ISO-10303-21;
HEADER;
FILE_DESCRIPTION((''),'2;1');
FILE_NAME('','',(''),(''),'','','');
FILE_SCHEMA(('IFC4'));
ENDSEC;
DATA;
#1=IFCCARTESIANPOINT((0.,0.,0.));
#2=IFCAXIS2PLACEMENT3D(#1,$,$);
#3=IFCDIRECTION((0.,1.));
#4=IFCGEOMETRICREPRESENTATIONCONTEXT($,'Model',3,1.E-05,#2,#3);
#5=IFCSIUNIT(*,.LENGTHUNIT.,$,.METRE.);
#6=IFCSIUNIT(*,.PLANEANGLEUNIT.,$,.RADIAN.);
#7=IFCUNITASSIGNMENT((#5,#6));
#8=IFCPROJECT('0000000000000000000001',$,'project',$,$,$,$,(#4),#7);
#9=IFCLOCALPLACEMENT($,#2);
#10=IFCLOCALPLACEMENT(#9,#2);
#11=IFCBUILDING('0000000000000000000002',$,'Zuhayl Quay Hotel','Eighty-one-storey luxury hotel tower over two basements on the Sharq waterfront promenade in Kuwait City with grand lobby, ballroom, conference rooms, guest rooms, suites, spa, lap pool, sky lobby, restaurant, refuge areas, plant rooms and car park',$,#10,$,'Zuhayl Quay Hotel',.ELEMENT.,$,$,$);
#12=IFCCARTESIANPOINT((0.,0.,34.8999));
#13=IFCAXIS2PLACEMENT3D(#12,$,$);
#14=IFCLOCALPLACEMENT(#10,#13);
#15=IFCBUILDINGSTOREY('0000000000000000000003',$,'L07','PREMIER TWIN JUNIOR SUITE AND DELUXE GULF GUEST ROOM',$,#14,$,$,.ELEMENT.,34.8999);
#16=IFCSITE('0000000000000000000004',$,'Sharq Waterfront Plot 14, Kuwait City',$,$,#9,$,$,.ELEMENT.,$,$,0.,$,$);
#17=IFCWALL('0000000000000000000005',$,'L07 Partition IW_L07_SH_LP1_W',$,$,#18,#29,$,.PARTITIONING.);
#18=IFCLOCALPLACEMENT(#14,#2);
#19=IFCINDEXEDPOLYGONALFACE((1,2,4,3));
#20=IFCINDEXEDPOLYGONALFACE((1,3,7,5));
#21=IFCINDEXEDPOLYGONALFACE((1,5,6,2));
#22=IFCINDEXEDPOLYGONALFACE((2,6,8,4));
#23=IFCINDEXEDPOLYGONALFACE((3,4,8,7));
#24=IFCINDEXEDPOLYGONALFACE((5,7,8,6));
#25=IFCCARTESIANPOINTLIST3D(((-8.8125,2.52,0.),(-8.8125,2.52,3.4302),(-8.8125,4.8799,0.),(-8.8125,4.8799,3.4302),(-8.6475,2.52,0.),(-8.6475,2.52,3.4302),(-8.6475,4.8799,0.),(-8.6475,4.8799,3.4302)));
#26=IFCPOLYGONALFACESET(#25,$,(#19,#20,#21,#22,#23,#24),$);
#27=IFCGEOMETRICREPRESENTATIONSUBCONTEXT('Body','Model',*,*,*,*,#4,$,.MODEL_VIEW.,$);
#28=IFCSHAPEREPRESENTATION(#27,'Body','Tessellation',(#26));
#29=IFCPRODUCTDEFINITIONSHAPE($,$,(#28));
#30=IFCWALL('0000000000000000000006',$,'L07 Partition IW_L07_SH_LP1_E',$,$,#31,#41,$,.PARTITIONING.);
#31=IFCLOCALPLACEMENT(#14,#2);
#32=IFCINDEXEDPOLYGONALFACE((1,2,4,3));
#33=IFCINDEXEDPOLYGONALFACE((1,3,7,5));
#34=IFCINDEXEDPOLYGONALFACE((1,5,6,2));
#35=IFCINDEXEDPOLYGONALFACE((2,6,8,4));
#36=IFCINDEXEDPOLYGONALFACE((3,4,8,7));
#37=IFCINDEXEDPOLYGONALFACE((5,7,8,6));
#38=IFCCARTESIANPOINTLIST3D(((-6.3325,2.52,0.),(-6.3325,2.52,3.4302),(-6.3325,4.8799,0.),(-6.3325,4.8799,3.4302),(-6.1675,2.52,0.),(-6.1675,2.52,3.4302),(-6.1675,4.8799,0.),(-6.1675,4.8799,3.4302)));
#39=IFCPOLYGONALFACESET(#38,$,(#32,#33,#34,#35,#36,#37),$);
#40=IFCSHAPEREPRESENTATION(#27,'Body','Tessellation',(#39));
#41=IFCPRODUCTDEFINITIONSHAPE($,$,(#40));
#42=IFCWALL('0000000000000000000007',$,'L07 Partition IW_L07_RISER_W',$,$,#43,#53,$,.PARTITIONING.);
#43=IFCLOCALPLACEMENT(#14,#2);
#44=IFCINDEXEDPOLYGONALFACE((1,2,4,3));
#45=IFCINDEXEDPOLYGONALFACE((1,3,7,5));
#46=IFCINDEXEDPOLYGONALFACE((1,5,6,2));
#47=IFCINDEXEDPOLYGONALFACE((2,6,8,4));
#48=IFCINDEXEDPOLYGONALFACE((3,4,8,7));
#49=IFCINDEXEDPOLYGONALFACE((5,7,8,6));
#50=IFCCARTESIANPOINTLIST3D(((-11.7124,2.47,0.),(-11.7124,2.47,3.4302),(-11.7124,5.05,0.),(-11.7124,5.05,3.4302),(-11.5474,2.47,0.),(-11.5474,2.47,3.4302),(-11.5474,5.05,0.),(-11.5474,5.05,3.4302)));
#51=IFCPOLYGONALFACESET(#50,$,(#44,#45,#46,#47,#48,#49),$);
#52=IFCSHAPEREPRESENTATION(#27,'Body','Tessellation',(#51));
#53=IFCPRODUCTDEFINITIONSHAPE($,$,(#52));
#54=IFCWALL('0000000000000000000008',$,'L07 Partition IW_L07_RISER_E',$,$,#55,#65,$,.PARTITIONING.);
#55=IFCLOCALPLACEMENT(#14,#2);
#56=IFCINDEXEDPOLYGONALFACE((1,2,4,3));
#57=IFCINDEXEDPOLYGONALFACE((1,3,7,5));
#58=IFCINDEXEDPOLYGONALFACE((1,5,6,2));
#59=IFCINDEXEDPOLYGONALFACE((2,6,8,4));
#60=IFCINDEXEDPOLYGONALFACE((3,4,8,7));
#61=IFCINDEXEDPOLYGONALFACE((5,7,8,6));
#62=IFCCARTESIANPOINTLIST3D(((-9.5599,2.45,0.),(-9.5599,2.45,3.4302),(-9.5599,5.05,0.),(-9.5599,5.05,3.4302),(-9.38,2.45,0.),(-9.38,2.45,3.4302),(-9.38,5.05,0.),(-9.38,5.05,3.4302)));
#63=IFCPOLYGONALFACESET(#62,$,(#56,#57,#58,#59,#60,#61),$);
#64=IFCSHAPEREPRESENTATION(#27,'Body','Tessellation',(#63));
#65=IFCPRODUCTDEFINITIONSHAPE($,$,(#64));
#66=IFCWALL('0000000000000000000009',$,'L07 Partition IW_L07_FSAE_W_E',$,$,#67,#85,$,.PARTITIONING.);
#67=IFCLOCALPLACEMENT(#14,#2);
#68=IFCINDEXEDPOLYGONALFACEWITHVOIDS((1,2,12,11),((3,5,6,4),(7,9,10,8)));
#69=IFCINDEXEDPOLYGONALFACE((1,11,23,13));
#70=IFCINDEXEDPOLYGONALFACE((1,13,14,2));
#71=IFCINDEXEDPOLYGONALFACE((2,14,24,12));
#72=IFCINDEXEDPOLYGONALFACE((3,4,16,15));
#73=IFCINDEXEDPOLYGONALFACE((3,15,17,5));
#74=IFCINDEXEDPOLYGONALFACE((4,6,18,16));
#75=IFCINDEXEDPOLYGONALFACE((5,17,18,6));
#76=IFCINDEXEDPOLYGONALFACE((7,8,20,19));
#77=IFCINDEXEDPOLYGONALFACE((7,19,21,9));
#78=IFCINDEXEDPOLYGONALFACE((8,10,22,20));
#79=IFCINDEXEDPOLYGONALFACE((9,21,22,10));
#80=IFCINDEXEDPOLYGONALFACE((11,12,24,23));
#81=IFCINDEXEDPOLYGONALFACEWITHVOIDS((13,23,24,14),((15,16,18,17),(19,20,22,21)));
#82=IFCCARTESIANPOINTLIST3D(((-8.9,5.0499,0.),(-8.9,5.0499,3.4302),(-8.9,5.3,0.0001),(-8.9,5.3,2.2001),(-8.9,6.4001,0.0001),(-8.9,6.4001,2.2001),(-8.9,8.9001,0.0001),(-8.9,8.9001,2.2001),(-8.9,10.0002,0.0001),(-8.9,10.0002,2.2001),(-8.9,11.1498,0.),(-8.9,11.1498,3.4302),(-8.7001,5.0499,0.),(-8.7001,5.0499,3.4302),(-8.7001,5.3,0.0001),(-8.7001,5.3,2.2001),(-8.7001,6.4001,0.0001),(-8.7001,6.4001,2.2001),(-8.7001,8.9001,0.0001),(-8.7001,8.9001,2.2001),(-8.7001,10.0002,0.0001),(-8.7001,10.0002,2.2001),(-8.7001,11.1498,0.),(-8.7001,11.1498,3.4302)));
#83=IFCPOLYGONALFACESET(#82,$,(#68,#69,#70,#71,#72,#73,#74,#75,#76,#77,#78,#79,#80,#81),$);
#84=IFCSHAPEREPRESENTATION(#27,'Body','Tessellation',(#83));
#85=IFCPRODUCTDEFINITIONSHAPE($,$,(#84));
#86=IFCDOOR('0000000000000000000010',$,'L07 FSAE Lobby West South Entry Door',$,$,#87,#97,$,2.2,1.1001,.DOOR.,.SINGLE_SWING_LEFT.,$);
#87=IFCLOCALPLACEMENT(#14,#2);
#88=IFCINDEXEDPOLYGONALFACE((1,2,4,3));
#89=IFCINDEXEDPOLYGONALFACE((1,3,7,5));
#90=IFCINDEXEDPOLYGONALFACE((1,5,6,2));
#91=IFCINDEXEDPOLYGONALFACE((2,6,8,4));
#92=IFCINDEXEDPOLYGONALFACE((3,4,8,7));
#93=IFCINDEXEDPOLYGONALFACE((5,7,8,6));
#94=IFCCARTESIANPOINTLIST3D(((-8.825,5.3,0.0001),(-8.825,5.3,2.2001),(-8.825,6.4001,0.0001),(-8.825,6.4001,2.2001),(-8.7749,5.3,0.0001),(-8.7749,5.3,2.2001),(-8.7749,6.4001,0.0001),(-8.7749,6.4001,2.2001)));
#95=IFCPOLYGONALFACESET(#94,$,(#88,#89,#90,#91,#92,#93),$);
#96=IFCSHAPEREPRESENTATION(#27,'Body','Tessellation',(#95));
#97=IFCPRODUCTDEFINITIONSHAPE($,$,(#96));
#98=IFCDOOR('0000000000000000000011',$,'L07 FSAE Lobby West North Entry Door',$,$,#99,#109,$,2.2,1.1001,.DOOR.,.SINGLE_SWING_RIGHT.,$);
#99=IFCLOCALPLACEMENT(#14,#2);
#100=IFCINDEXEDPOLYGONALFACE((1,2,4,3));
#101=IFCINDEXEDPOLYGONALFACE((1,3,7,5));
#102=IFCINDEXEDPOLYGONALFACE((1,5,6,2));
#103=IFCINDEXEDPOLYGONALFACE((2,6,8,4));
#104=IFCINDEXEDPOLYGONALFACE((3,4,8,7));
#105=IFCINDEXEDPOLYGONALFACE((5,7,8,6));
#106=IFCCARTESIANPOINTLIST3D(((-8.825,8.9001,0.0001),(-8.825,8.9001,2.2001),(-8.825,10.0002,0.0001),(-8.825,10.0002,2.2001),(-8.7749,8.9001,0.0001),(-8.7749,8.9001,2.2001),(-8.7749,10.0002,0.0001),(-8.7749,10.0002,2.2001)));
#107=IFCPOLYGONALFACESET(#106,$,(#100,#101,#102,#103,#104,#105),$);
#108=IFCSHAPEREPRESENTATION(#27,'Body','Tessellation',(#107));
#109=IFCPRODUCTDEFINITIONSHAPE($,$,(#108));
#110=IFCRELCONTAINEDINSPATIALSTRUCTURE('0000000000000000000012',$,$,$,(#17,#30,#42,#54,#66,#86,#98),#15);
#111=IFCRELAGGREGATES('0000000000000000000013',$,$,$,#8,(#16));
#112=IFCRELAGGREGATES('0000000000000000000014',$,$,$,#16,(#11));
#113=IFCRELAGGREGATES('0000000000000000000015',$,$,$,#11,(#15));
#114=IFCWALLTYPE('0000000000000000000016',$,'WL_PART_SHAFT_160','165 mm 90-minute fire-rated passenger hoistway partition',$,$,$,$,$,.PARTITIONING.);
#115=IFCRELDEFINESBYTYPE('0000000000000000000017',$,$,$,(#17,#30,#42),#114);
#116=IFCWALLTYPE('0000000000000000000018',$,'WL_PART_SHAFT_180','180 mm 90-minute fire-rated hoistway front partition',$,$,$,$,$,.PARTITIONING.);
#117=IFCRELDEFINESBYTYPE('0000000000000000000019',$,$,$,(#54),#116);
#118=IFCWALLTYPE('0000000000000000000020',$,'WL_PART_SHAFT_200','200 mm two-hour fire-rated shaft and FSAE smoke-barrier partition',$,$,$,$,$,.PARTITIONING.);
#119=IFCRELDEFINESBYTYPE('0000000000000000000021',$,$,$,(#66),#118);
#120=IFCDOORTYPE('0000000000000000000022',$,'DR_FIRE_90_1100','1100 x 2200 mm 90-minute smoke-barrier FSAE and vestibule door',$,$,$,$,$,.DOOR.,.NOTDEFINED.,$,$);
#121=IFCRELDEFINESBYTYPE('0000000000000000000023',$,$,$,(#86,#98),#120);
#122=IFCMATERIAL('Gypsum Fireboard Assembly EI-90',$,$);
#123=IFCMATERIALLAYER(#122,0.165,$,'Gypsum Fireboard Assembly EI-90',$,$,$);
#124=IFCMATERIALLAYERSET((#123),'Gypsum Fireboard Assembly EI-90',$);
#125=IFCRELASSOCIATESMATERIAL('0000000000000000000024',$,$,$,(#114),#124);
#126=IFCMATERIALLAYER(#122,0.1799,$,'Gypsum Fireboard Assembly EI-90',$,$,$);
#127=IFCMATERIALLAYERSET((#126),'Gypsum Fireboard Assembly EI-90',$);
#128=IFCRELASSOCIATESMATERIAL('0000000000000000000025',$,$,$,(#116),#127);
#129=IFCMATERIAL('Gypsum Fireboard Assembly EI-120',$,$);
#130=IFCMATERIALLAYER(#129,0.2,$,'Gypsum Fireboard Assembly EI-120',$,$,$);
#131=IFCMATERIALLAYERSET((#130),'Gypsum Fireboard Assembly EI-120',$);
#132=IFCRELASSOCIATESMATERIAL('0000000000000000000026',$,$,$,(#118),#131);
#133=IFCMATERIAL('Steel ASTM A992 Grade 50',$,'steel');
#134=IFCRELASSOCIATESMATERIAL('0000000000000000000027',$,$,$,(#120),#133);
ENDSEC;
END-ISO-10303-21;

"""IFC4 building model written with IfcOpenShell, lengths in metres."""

from ifc_helpers import new_model, si_unit, direction, frame, frame_2d, origin, place, context, subcontext, project, spatial, rectangle, extrude, material, layer, layer_set, type_object, element, fill, save


model = new_model("IFC4")

# Units and contexts
model_context = context("Model", 3, precision=1e-05, world=origin(), true_north=direction((0.0, 1.0)))
body_context = subcontext(model_context, "Body", "Model", "MODEL_VIEW")
ifc_project = project(units=[si_unit("LENGTHUNIT", "METRE"), si_unit("PLANEANGLEUNIT", "RADIAN")], contexts=[model_context])

# Site, building, storey
site_placement = place(None, origin())
site = spatial("IfcSite", under=ifc_project, at=site_placement, Name="Sharq Waterfront Plot 14, Kuwait City", CompositionType="ELEMENT", RefElevation=0.0)
building_placement = place(site_placement, origin())
building = spatial("IfcBuilding", under=site, at=building_placement, Name="Zuhayl Quay Hotel", Description="Eighty-one-storey luxury hotel tower over two basements on the Sharq waterfront promenade in Kuwait City with grand lobby, ballroom, conference rooms, guest rooms, suites, spa, lap pool, sky lobby, restaurant, refuge areas, plant rooms and car park", LongName="Zuhayl Quay Hotel", CompositionType="ELEMENT")
storey_placement = place(building_placement, frame((0.0, 0.0, 34.8999)))
storey = spatial("IfcBuildingStorey", under=building, at=storey_placement, Name="L07", Description="PREMIER TWIN JUNIOR SUITE AND DELUXE GULF GUEST ROOM", CompositionType="ELEMENT", Elevation=34.8999)

# Shared definitions
ifc_material_1 = material(Name="Steel ASTM A992 Grade 50", Category="steel")

# Shared definitions
ifc_material_2 = material(Name="Gypsum Fireboard Assembly EI-90")
ifc_layer_1 = layer(ifc_material_2, 0.165, Name="Gypsum Fireboard Assembly EI-90")
ifc_layer_set_1 = layer_set([ifc_layer_1], Name="Gypsum Fireboard Assembly EI-90")
wall_type_1 = type_object("IfcWallType", Name="WL_PART_SHAFT_160", Description="165 mm 90-minute fire-rated passenger hoistway partition", PredefinedType="PARTITIONING", material=ifc_layer_set_1)

# Walls
for number, where, z_axis, x_axis, name in (
    (1, (-8.73, 2.52, 0.0), (0.0, 0.0, 1.0), (0.0, 1.0, 0.0), "L07 Partition IW_L07_SH_LP1_W"),
    (2, (-6.25, 2.52, 0.0), (0.0, 0.0, 1.0), (0.0, 1.0, 0.0), "L07 Partition IW_L07_SH_LP1_E"),
):
    element("IfcWall", number, at=place(storey_placement, frame(where, z_axis=z_axis, x_axis=x_axis)), inside=storey, type_object=wall_type_1, Name=name, PredefinedType="PARTITIONING", context=body_context, shape_type="SweptSolid", body=[
        extrude(rectangle(XDim=2.3599, YDim=0.165, at=frame_2d((1.1799, 0.0))), origin(), (0.0, 0.0, 1.0), 3.4302),
    ])
wall_1_placement = place(storey_placement, frame((-11.6299, 2.47, 0.0), z_axis=(0.0, 0.0, 1.0), x_axis=(0.0, 1.0, 0.0)))
element("IfcWall", 3, at=wall_1_placement, inside=storey, type_object=wall_type_1, Name="L07 Partition IW_L07_RISER_W", PredefinedType="PARTITIONING", context=body_context, shape_type="SweptSolid", body=[
    extrude(rectangle(XDim=2.5801, YDim=0.165, at=frame_2d((1.29, 0.0))), origin(), (0.0, 0.0, 1.0), 3.4302),
])
ifc_layer_2 = layer(ifc_material_2, 0.1799, Name="Gypsum Fireboard Assembly EI-90")
ifc_layer_set_2 = layer_set([ifc_layer_2], Name="Gypsum Fireboard Assembly EI-90")
wall_type_2 = type_object("IfcWallType", Name="WL_PART_SHAFT_180", Description="180 mm 90-minute fire-rated hoistway front partition", PredefinedType="PARTITIONING", material=ifc_layer_set_2)
wall_2_placement = place(storey_placement, frame((-9.47, 2.45, 0.0), z_axis=(0.0, 0.0, 1.0), x_axis=(0.0, 1.0, 0.0)))
element("IfcWall", 4, at=wall_2_placement, inside=storey, type_object=wall_type_2, Name="L07 Partition IW_L07_RISER_E", PredefinedType="PARTITIONING", context=body_context, shape_type="SweptSolid", body=[
    extrude(rectangle(XDim=2.6001, YDim=0.1799, at=frame_2d((1.3, 0.0))), origin(), (0.0, 0.0, 1.0), 3.4302),
])

# Wall, openings, doors
ifc_material_3 = material(Name="Gypsum Fireboard Assembly EI-120")
ifc_layer_3 = layer(ifc_material_3, 0.2, Name="Gypsum Fireboard Assembly EI-120")
ifc_layer_set_3 = layer_set([ifc_layer_3], Name="Gypsum Fireboard Assembly EI-120")
wall_type_3 = type_object("IfcWallType", Name="WL_PART_SHAFT_200", Description="200 mm two-hour fire-rated shaft and FSAE smoke-barrier partition", PredefinedType="PARTITIONING", material=ifc_layer_set_3)
wall_3_placement = place(storey_placement, frame((-8.8, 5.05, 0.0), z_axis=(0.0, 0.0, 1.0), x_axis=(0.0, 1.0, 0.0)))
wall_3 = element("IfcWall", 5, at=wall_3_placement, inside=storey, type_object=wall_type_3, Name="L07 Partition IW_L07_FSAE_W_E", PredefinedType="PARTITIONING", context=body_context, shape_type="SweptSolid", body=[
    extrude(rectangle(XDim=6.0999, YDim=0.2, at=frame_2d((3.0498, 0.0))), origin(), (0.0, 0.0, 1.0), 3.4302),
])
opening_1_placement = place(wall_3_placement, frame((0.25, 0.0, 0.0)))
opening_1 = element("IfcOpeningElement", 6, at=opening_1_placement, cuts=wall_3, PredefinedType="OPENING", context=body_context, shape_type="SweptSolid", body=[
    extrude(rectangle(XDim=1.1001, YDim=2.2, at=frame_2d((0.55, 1.1001))), frame((0.0, 0.1099, 0.0), z_axis=(0.0, -1.0, 0.0), x_axis=(1.0, 0.0, 0.0)), (0.0, 0.0, 1.0), 0.22),
])
opening_2_placement = place(wall_3_placement, frame((3.8501, 0.0, 0.0)))
opening_2 = element("IfcOpeningElement", 7, at=opening_2_placement, cuts=wall_3, PredefinedType="OPENING", context=body_context, shape_type="SweptSolid", body=[
    extrude(rectangle(XDim=1.1001, YDim=2.2, at=frame_2d((0.55, 1.1001))), frame((0.0, 0.1099, 0.0), z_axis=(0.0, -1.0, 0.0), x_axis=(1.0, 0.0, 0.0)), (0.0, 0.0, 1.0), 0.22),
])
door_type_1 = type_object("IfcDoorType", Name="DR_FIRE_90_1100", Description="1100 x 2200 mm 90-minute smoke-barrier FSAE and vestibule door", OperationType="NOTDEFINED", PredefinedType="DOOR", material=ifc_material_1)
door_1_placement = place(opening_1_placement, origin())
door_1 = element("IfcDoor", 8, at=door_1_placement, inside=storey, type_object=door_type_1, Name="L07 FSAE Lobby West South Entry Door", OperationType="SINGLE_SWING_LEFT", OverallHeight=2.2, OverallWidth=1.1001, PredefinedType="DOOR", context=body_context, shape_type="SweptSolid", body=[
    extrude(rectangle(XDim=1.1001, YDim=2.2, at=frame_2d((0.55, 1.1001))), frame((0.0, 0.0249, 0.0), z_axis=(0.0, -1.0, 0.0), x_axis=(1.0, 0.0, 0.0)), (0.0, 0.0, 1.0), 0.05),
])
fill(opening_1, door_1)
door_2_placement = place(opening_2_placement, origin())
door_2 = element("IfcDoor", 9, at=door_2_placement, inside=storey, type_object=door_type_1, Name="L07 FSAE Lobby West North Entry Door", OperationType="SINGLE_SWING_RIGHT", OverallHeight=2.2, OverallWidth=1.1001, PredefinedType="DOOR", context=body_context, shape_type="SweptSolid", body=[
    extrude(rectangle(XDim=1.1001, YDim=2.2, at=frame_2d((0.55, 1.1001))), frame((0.0, 0.0249, 0.0), z_axis=(0.0, -1.0, 0.0), x_axis=(1.0, 0.0, 0.0)), (0.0, 0.0, 1.0), 0.05),
])
fill(opening_2, door_2)

save(model, "model.ifc")
